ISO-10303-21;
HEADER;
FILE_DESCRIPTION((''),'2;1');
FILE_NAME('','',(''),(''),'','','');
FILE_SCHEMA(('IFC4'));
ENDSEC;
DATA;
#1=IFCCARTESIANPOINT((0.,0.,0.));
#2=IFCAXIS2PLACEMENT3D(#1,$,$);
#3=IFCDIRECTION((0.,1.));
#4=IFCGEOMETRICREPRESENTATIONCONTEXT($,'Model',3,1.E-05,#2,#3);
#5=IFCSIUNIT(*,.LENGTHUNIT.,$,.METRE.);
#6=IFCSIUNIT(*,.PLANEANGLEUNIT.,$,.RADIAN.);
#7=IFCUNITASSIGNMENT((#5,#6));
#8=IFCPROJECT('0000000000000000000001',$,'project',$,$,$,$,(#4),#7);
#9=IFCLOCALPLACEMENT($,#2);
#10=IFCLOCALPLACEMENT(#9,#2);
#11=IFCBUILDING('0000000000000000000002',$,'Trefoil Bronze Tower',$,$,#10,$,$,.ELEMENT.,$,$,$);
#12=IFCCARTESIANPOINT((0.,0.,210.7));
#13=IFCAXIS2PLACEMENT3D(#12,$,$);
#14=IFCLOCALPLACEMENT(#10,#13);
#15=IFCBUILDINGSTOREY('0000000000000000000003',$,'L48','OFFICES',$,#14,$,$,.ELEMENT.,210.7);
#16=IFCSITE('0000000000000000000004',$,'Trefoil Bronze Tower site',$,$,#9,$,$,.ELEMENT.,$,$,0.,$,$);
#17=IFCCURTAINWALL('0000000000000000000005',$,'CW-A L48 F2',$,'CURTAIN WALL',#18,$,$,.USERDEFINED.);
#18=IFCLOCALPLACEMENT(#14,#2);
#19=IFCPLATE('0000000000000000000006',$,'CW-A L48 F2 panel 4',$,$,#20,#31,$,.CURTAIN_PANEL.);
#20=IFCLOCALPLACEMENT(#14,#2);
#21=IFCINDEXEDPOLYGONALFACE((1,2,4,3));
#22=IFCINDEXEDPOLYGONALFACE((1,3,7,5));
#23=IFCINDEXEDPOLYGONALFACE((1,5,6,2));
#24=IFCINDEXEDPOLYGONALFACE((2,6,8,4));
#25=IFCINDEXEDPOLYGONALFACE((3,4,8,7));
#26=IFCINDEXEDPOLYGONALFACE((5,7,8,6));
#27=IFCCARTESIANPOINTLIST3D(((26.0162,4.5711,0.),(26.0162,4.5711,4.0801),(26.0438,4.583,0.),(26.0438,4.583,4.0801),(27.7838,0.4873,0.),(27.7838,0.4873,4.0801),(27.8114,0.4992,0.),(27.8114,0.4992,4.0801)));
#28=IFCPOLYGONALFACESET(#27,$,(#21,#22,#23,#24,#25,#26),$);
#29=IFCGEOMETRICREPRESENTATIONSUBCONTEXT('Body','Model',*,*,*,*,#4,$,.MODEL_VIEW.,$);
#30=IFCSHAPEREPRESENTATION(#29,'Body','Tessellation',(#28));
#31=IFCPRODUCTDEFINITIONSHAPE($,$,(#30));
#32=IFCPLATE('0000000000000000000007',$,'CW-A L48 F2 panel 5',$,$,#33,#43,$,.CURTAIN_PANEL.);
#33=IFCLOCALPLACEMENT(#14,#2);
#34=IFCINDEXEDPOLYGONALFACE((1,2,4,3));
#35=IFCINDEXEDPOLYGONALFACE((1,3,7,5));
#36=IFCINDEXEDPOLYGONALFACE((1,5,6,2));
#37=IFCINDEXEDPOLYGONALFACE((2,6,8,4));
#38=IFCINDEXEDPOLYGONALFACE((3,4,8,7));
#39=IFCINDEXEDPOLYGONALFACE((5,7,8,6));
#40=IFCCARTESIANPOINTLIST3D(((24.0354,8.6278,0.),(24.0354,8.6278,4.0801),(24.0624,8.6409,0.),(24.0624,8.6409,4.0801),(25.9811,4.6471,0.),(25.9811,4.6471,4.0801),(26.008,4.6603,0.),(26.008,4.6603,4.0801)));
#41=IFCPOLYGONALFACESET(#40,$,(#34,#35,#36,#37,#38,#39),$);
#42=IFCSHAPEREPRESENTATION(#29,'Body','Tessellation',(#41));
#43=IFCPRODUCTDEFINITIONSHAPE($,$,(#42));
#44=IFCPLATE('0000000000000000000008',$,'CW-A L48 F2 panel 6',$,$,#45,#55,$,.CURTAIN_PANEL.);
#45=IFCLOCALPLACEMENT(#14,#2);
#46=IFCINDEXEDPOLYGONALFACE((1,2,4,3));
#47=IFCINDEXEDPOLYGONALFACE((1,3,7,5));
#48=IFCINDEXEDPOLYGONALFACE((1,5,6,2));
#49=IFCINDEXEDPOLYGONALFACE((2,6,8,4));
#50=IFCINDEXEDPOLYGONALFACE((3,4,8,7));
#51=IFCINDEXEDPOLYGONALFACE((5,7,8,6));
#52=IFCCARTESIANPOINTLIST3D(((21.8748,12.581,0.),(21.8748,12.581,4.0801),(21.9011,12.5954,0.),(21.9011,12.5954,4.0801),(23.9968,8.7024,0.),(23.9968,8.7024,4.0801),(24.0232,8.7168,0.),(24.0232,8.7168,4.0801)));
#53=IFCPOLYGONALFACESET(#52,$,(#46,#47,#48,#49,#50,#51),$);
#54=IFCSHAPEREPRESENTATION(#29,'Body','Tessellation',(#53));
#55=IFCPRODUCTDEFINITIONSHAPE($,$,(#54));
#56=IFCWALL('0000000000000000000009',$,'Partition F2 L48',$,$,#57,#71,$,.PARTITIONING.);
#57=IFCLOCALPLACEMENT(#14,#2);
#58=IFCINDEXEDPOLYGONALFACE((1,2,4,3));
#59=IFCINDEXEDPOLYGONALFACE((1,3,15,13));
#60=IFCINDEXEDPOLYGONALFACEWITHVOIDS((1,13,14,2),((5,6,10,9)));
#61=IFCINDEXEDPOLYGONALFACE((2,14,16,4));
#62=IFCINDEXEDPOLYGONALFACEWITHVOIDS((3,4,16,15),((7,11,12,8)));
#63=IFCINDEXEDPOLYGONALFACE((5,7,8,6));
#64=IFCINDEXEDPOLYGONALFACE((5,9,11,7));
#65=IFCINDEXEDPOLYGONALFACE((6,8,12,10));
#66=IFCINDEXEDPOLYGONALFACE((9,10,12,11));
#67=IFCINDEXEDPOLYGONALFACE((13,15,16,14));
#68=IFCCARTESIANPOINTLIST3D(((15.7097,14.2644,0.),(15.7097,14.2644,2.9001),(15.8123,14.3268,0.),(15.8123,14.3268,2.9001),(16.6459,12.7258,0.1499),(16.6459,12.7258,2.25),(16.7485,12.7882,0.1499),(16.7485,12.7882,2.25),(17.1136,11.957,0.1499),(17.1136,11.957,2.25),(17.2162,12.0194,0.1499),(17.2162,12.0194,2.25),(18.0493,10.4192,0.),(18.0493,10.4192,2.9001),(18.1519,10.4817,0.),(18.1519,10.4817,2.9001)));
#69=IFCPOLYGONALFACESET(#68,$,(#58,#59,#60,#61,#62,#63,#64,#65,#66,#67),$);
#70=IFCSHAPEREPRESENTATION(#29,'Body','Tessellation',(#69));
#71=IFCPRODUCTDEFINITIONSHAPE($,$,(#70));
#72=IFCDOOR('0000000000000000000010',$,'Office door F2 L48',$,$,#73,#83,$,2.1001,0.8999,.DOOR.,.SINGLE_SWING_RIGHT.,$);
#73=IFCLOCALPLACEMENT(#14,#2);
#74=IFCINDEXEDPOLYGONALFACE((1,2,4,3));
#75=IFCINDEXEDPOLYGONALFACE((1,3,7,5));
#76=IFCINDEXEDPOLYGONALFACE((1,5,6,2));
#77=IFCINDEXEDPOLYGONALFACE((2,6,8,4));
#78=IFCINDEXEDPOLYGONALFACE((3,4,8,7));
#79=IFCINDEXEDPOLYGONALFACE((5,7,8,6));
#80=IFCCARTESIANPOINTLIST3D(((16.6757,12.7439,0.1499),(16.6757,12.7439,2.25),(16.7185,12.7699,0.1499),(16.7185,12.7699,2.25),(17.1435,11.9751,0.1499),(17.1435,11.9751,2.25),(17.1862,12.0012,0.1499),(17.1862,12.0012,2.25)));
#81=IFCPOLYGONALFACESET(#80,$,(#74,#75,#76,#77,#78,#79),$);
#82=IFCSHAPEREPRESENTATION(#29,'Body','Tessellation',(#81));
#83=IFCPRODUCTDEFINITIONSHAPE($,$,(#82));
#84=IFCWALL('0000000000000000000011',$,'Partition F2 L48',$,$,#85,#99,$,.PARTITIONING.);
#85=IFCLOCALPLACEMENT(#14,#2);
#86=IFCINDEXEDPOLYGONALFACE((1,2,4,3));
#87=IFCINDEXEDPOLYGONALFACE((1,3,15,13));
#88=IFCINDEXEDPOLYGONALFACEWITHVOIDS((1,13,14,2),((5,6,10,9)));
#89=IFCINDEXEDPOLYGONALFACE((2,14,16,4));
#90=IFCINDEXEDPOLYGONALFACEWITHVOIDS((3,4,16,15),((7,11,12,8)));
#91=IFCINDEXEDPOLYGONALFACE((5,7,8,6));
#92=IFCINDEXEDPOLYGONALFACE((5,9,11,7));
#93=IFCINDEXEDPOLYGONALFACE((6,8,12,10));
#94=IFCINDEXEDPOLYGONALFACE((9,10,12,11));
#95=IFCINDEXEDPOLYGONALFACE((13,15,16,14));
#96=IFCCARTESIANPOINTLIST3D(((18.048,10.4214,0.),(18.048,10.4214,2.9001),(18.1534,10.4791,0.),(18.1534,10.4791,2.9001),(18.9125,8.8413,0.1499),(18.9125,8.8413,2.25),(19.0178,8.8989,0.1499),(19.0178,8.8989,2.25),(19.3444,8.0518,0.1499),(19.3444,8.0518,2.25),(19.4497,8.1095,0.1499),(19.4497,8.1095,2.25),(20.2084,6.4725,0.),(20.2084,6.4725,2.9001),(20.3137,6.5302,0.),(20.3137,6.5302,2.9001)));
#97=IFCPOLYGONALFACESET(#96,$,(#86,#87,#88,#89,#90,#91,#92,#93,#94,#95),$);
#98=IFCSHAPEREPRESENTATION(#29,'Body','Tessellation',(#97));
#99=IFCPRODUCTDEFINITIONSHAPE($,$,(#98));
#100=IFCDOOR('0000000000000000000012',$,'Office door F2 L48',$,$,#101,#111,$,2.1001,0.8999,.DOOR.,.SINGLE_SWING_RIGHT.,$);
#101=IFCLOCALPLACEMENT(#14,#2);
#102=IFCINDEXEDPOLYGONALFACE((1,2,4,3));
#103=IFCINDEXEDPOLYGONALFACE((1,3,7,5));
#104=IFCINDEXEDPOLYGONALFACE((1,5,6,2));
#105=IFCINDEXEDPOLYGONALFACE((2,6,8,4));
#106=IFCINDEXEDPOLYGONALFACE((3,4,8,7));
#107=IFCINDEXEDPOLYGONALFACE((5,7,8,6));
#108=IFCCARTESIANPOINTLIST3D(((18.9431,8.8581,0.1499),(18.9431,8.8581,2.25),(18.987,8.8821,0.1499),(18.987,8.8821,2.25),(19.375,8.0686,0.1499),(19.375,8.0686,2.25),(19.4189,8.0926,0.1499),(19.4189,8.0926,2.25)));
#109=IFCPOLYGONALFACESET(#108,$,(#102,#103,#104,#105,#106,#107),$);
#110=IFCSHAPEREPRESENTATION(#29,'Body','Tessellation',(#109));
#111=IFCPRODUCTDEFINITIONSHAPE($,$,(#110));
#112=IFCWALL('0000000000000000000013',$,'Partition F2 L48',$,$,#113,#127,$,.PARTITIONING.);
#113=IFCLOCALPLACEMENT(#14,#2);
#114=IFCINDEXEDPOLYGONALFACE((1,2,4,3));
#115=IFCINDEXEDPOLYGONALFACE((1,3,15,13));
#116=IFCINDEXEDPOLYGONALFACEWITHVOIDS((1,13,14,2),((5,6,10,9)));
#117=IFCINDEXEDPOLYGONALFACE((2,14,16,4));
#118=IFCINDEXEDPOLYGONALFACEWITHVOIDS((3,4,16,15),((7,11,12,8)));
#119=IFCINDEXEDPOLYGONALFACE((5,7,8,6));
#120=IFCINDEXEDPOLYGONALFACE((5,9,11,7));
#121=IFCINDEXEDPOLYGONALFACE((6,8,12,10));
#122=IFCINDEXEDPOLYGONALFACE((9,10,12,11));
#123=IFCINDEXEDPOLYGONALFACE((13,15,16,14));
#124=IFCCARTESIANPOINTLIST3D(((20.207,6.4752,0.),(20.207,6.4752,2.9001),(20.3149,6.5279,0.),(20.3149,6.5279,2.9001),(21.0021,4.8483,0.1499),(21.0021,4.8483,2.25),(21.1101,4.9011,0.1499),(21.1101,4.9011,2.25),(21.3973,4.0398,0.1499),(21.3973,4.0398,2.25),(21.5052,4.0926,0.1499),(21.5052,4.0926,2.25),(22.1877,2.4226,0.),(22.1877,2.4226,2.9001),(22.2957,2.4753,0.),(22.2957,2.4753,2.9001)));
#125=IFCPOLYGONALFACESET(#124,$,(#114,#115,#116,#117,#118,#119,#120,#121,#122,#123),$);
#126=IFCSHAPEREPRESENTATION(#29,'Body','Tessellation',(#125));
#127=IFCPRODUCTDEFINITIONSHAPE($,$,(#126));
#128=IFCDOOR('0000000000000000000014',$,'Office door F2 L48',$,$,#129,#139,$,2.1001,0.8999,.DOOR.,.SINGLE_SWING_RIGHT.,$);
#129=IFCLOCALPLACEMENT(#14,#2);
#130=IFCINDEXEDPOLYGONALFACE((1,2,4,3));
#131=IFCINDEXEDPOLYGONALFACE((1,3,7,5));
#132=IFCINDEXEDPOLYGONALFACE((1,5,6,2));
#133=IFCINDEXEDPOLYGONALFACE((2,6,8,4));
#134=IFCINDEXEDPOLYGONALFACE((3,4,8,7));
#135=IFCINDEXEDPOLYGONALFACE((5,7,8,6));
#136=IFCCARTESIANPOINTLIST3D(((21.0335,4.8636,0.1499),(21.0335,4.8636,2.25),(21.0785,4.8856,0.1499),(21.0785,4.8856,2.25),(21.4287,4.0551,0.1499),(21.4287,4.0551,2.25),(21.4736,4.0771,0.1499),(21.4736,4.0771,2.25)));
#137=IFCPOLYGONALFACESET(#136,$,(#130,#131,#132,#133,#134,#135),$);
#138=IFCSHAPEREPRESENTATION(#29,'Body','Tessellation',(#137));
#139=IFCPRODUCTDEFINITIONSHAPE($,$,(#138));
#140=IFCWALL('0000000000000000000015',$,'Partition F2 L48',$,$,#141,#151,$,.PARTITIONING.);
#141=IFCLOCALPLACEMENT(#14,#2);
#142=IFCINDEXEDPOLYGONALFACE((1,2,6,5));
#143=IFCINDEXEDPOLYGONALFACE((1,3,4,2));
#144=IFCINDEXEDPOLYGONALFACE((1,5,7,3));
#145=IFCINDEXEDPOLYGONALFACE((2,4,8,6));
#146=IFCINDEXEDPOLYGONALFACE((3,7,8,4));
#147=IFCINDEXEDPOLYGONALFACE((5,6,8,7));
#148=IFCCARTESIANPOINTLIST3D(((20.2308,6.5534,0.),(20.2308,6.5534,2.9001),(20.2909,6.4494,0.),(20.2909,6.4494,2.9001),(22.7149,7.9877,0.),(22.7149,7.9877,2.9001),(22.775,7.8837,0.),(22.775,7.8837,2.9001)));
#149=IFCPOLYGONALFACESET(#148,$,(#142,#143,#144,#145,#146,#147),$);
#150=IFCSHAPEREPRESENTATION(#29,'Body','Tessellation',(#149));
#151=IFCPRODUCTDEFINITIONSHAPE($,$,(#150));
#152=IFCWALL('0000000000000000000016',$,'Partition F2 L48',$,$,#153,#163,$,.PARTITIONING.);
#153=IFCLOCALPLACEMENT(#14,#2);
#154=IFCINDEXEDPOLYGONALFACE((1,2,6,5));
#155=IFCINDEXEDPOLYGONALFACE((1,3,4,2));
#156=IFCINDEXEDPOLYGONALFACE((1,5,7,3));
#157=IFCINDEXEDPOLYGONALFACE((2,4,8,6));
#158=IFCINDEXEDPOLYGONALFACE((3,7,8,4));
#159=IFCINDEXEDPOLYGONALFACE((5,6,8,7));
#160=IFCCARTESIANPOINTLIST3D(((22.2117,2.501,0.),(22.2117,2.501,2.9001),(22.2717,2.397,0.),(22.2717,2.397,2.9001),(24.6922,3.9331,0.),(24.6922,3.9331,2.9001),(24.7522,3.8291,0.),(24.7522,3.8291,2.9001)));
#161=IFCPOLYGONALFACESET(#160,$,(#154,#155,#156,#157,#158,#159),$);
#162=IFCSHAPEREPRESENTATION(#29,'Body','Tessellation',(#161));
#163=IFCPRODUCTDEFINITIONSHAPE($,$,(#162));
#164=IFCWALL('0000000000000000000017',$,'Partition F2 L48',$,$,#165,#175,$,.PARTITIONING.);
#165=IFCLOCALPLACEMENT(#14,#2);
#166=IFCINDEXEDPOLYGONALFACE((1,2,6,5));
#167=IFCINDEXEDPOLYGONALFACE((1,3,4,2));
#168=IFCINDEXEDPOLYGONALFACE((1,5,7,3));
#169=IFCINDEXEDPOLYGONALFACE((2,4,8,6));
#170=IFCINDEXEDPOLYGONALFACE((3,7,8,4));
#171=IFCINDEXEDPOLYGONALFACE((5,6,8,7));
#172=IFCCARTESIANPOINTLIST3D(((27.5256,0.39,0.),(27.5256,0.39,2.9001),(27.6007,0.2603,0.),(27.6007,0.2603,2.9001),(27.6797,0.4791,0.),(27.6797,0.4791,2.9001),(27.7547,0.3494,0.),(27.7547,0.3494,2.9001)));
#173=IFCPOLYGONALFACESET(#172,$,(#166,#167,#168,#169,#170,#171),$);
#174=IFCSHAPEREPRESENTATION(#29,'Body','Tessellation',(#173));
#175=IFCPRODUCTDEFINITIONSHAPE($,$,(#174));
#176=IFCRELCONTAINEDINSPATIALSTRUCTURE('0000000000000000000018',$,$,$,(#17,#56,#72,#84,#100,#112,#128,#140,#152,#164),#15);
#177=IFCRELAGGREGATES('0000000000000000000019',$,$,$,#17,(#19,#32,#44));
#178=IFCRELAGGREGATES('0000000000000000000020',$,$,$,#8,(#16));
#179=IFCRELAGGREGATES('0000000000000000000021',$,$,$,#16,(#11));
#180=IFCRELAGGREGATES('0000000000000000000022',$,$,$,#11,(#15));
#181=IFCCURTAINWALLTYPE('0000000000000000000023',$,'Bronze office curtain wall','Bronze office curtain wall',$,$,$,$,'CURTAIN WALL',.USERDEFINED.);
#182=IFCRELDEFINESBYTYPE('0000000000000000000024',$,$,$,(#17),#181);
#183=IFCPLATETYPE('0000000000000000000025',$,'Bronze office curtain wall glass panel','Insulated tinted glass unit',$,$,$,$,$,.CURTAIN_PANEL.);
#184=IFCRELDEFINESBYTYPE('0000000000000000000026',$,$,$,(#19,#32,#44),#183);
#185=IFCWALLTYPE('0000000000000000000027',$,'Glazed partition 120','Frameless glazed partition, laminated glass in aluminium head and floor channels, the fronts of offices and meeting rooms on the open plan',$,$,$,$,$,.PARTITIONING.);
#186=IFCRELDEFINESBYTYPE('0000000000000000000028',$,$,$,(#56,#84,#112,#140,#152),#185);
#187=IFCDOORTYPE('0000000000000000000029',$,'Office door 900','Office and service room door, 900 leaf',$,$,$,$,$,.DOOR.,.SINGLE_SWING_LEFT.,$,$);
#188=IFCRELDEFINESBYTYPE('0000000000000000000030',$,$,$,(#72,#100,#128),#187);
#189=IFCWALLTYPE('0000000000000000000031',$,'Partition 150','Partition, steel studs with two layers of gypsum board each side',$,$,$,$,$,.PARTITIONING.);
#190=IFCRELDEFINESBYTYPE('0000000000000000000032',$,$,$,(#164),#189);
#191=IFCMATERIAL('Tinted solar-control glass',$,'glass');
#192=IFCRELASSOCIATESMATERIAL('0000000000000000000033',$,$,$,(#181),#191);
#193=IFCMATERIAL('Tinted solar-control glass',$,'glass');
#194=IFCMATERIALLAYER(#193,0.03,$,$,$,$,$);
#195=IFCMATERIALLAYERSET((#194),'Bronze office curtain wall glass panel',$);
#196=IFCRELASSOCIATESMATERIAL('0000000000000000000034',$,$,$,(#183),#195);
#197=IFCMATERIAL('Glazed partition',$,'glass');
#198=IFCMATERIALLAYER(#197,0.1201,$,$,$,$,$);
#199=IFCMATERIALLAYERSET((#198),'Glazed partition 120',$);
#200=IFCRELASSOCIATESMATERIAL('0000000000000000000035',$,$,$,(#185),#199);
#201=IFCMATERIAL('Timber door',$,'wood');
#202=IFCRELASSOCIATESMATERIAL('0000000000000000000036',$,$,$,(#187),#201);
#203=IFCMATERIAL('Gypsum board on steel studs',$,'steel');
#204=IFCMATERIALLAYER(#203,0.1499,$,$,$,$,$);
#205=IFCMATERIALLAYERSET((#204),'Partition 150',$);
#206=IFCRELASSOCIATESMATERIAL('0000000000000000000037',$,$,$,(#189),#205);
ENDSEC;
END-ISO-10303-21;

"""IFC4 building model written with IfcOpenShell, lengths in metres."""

from ifc_helpers import new_model, si_unit, direction, frame, frame_2d, origin, origin_2d, place, context, subcontext, project, spatial, rectangle, extrude, material, layer, layer_set, type_object, element, fill, aggregate, save


model = new_model("IFC4")

# Units and contexts
model_context = context("Model", 3, precision=1e-05, world=origin(), true_north=direction((0.0, 1.0)))
body_context = subcontext(model_context, "Body", "Model", "MODEL_VIEW")
ifc_project = project(units=[si_unit("LENGTHUNIT", "METRE"), si_unit("PLANEANGLEUNIT", "RADIAN")], contexts=[model_context])

# Site, building, storey
site_placement = place(None, origin())
site = spatial("IfcSite", under=ifc_project, at=site_placement, Name="Trefoil Bronze Tower site", CompositionType="ELEMENT", RefElevation=0.0)
building_placement = place(site_placement, origin())
building = spatial("IfcBuilding", under=site, at=building_placement, Name="Trefoil Bronze Tower", CompositionType="ELEMENT")
storey_placement = place(building_placement, frame((0.0, 0.0, 210.7)))
storey = spatial("IfcBuildingStorey", under=building, at=storey_placement, Name="L48", Description="OFFICES", CompositionType="ELEMENT", Elevation=210.7)

# Curtain wall
ifc_material_1 = material(Name="Tinted solar-control glass", Category="glass")
curtain_wall_type = type_object("IfcCurtainWallType", Name="Bronze office curtain wall", Description="Bronze office curtain wall", ElementType="CURTAIN WALL", PredefinedType="USERDEFINED", material=ifc_material_1)
curtain_wall_placement = place(storey_placement, origin())
curtain_wall = element("IfcCurtainWall", 1, at=curtain_wall_placement, inside=storey, type_object=curtain_wall_type, Name="CW-A L48 F2", ObjectType="CURTAIN WALL", PredefinedType="USERDEFINED")

# Plates
ifc_material_2 = material(Name="Tinted solar-control glass", Category="glass")
ifc_layer_1 = layer(ifc_material_2, 0.03)
ifc_layer_set_1 = layer_set([ifc_layer_1], Name="Bronze office curtain wall glass panel")
plate_type = type_object("IfcPlateType", Name="Bronze office curtain wall glass panel", Description="Insulated tinted glass unit", PredefinedType="CURTAIN_PANEL", material=ifc_layer_set_1)
plate_1_placement = place(storey_placement, frame((26.9138, 2.5352, 0.0), z_axis=(0.0, 0.0, 1.0), x_axis=(-0.39722, 0.917723, 0.0)))
plate_1 = element("IfcPlate", 2, at=plate_1_placement, type_object=plate_type, Name="CW-A L48 F2 panel 4", PredefinedType="CURTAIN_PANEL", context=body_context, shape_type="SweptSolid", body=[
    extrude(rectangle(XDim=4.45, YDim=0.03, at=origin_2d()), origin(), (0.0, 0.0, 1.0), 4.0801),
])
plate_2_placement = place(storey_placement, frame((25.0217, 6.644, 0.0), z_axis=(0.0, 0.0, 1.0), x_axis=(-0.439129, 0.898424, 0.0)))
plate_2 = element("IfcPlate", 3, at=plate_2_placement, type_object=plate_type, Name="CW-A L48 F2 panel 5", PredefinedType="CURTAIN_PANEL", context=body_context, shape_type="SweptSolid", body=[
    extrude(rectangle(XDim=4.4307, YDim=0.03, at=origin_2d()), origin(), (0.0, 0.0, 1.0), 4.0801),
])
plate_3_placement = place(storey_placement, frame((22.949, 10.6489, 0.0), z_axis=(0.0, 0.0, 1.0), x_axis=(-0.479974, 0.877283, 0.0)))
plate_3 = element("IfcPlate", 4, at=plate_3_placement, type_object=plate_type, Name="CW-A L48 F2 panel 6", PredefinedType="CURTAIN_PANEL", context=body_context, shape_type="SweptSolid", body=[
    extrude(rectangle(XDim=4.4211, YDim=0.03, at=origin_2d()), origin(), (0.0, 0.0, 1.0), 4.0801),
])
aggregate(curtain_wall, [plate_1, plate_2, plate_3])

# Walls, openings, doors
ifc_material_3 = material(Name="Glazed partition", Category="glass")
ifc_layer_2 = layer(ifc_material_3, 0.1201)
ifc_layer_set_2 = layer_set([ifc_layer_2], Name="Glazed partition 120")
wall_type_1 = type_object("IfcWallType", Name="Glazed partition 120", Description="Frameless glazed partition, laminated glass in aluminium head and floor channels, the fronts of offices and meeting rooms on the open plan", PredefinedType="PARTITIONING", material=ifc_layer_set_2)
wall_1_placement = place(storey_placement, frame((18.1006, 10.4504, 0.0), z_axis=(0.0, 0.0, 1.0), x_axis=(-0.51979, 0.854294, 0.0)))
wall_1 = element("IfcWall", 5, at=wall_1_placement, inside=storey, type_object=wall_type_1, Name="Partition F2 L48", PredefinedType="PARTITIONING", context=body_context, shape_type="SweptSolid", body=[
    extrude(rectangle(XDim=4.501, YDim=0.1201, at=frame_2d((2.2505, 0.0))), origin(), (0.0, 0.0, 1.0), 2.9001),
])
opening_1_placement = place(wall_1_placement, frame((1.8, 0.0, 0.1499)))
opening_1 = element("IfcOpeningElement", 6, at=opening_1_placement, cuts=wall_1, PredefinedType="OPENING", context=body_context, shape_type="SweptSolid", body=[
    extrude(rectangle(XDim=0.8999, YDim=2.1001, at=frame_2d((0.45, 1.05))), frame((0.0, 0.0701, 0.0), z_axis=(0.0, -1.0, 0.0), x_axis=(1.0, 0.0, 0.0)), (0.0, 0.0, 1.0), 0.1401),
])
ifc_material_4 = material(Name="Timber door", Category="wood")
door_type = type_object("IfcDoorType", Name="Office door 900", Description="Office and service room door, 900 leaf", OperationType="SINGLE_SWING_LEFT", PredefinedType="DOOR", material=ifc_material_4)
door_1_placement = place(opening_1_placement, frame((0.8999, 0.0, 0.0), z_axis=(0.0, 0.0, 1.0), x_axis=(-1.0, 0.0, 0.0)))
door_1 = element("IfcDoor", 7, at=door_1_placement, inside=storey, type_object=door_type, Name="Office door F2 L48", OperationType="SINGLE_SWING_RIGHT", OverallHeight=2.1001, OverallWidth=0.8999, PredefinedType="DOOR", context=body_context, shape_type="SweptSolid", body=[
    extrude(rectangle(XDim=0.8999, YDim=2.1001, at=frame_2d((0.45, 1.05))), frame((0.0, 0.0249, 0.0), z_axis=(0.0, -1.0, 0.0), x_axis=(1.0, 0.0, 0.0)), (0.0, 0.0, 1.0), 0.05),
])
fill(opening_1, door_1)
wall_2_placement = place(storey_placement, frame((20.261, 6.5015, 0.0), z_axis=(0.0, 0.0, 1.0), x_axis=(-0.47995, 0.877296, 0.0)))
wall_2 = element("IfcWall", 8, at=wall_2_placement, inside=storey, type_object=wall_type_1, Name="Partition F2 L48", PredefinedType="PARTITIONING", context=body_context, shape_type="SweptSolid", body=[
    extrude(rectangle(XDim=4.5012, YDim=0.1201, at=frame_2d((2.2505, 0.0))), origin(), (0.0, 0.0, 1.0), 2.9001),
])
opening_2_placement = place(wall_2_placement, frame((1.8, 0.0, 0.1499)))
opening_2 = element("IfcOpeningElement", 9, at=opening_2_placement, cuts=wall_2, PredefinedType="OPENING", context=body_context, shape_type="SweptSolid", body=[
    extrude(rectangle(XDim=0.8999, YDim=2.1001, at=frame_2d((0.45, 1.05))), frame((0.0, 0.0701, 0.0), z_axis=(0.0, -1.0, 0.0), x_axis=(1.0, 0.0, 0.0)), (0.0, 0.0, 1.0), 0.1401),
])
door_2_placement = place(opening_2_placement, frame((0.8999, 0.0, 0.0), z_axis=(0.0, 0.0, 1.0), x_axis=(-1.0, 0.0, 0.0)))
door_2 = element("IfcDoor", 10, at=door_2_placement, inside=storey, type_object=door_type, Name="Office door F2 L48", OperationType="SINGLE_SWING_RIGHT", OverallHeight=2.1001, OverallWidth=0.8999, PredefinedType="DOOR", context=body_context, shape_type="SweptSolid", body=[
    extrude(rectangle(XDim=0.8999, YDim=2.1001, at=frame_2d((0.45, 1.05))), frame((0.0, 0.0249, 0.0), z_axis=(0.0, -1.0, 0.0), x_axis=(1.0, 0.0, 0.0)), (0.0, 0.0, 1.0), 0.05),
])
fill(opening_2, door_2)
wall_3_placement = place(storey_placement, frame((22.2417, 2.449, 0.0), z_axis=(0.0, 0.0, 1.0), x_axis=(-0.43912, 0.898428, 0.0)))
wall_3 = element("IfcWall", 11, at=wall_3_placement, inside=storey, type_object=wall_type_1, Name="Partition F2 L48", PredefinedType="PARTITIONING", context=body_context, shape_type="SweptSolid", body=[
    extrude(rectangle(XDim=4.5107, YDim=0.1201, at=frame_2d((2.2554, 0.0))), origin(), (0.0, 0.0, 1.0), 2.9001),
])
opening_3_placement = place(wall_3_placement, frame((1.8, 0.0, 0.1499)))
opening_3 = element("IfcOpeningElement", 12, at=opening_3_placement, cuts=wall_3, PredefinedType="OPENING", context=body_context, shape_type="SweptSolid", body=[
    extrude(rectangle(XDim=0.8999, YDim=2.1001, at=frame_2d((0.45, 1.05))), frame((0.0, 0.0701, 0.0), z_axis=(0.0, -1.0, 0.0), x_axis=(1.0, 0.0, 0.0)), (0.0, 0.0, 1.0), 0.1401),
])
door_3_placement = place(opening_3_placement, frame((0.8999, 0.0, 0.0), z_axis=(0.0, 0.0, 1.0), x_axis=(-1.0, 0.0, 0.0)))
door_3 = element("IfcDoor", 13, at=door_3_placement, inside=storey, type_object=door_type, Name="Office door F2 L48", OperationType="SINGLE_SWING_RIGHT", OverallHeight=2.1001, OverallWidth=0.8999, PredefinedType="DOOR", context=body_context, shape_type="SweptSolid", body=[
    extrude(rectangle(XDim=0.8999, YDim=2.1001, at=frame_2d((0.45, 1.05))), frame((0.0, 0.0249, 0.0), z_axis=(0.0, -1.0, 0.0), x_axis=(1.0, 0.0, 0.0)), (0.0, 0.0, 1.0), 0.05),
])
fill(opening_3, door_3)

# Walls
wall_4_placement = place(storey_placement, frame((20.261, 6.5015, 0.0), z_axis=(0.0, 0.0, 1.0), x_axis=(0.866008, 0.500029, 0.0)))
element("IfcWall", 14, at=wall_4_placement, inside=storey, type_object=wall_type_1, Name="Partition F2 L48", PredefinedType="PARTITIONING", context=body_context, shape_type="SweptSolid", body=[
    extrude(rectangle(XDim=2.8684, YDim=0.1201, at=frame_2d((1.4341, 0.0))), origin(), (0.0, 0.0, 1.0), 2.9001),
])
wall_5_placement = place(storey_placement, frame((22.2417, 2.449, 0.0), z_axis=(0.0, 0.0, 1.0), x_axis=(0.866021, 0.500008, 0.0)))
element("IfcWall", 15, at=wall_5_placement, inside=storey, type_object=wall_type_1, Name="Partition F2 L48", PredefinedType="PARTITIONING", context=body_context, shape_type="SweptSolid", body=[
    extrude(rectangle(XDim=2.8643, YDim=0.1201, at=frame_2d((1.4321, 0.0))), origin(), (0.0, 0.0, 1.0), 2.9001),
])
ifc_material_5 = material(Name="Gypsum board on steel studs", Category="steel")
ifc_layer_3 = layer(ifc_material_5, 0.1499)
ifc_layer_set_3 = layer_set([ifc_layer_3], Name="Partition 150")
wall_type_2 = type_object("IfcWallType", Name="Partition 150", Description="Partition, steel studs with two layers of gypsum board each side", PredefinedType="PARTITIONING", material=ifc_layer_set_3)
wall_6_placement = place(storey_placement, frame((27.5632, 0.3252, 0.0), z_axis=(0.0, 0.0, 1.0), x_axis=(0.865614, 0.500712, 0.0)))
element("IfcWall", 16, at=wall_6_placement, inside=storey, type_object=wall_type_2, Name="Partition F2 L48", PredefinedType="PARTITIONING", context=body_context, shape_type="SweptSolid", body=[
    extrude(rectangle(XDim=0.178, YDim=0.1499, at=frame_2d((0.0889, 0.0))), origin(), (0.0, 0.0, 1.0), 2.9001),
])

save(model, "model.ifc")
